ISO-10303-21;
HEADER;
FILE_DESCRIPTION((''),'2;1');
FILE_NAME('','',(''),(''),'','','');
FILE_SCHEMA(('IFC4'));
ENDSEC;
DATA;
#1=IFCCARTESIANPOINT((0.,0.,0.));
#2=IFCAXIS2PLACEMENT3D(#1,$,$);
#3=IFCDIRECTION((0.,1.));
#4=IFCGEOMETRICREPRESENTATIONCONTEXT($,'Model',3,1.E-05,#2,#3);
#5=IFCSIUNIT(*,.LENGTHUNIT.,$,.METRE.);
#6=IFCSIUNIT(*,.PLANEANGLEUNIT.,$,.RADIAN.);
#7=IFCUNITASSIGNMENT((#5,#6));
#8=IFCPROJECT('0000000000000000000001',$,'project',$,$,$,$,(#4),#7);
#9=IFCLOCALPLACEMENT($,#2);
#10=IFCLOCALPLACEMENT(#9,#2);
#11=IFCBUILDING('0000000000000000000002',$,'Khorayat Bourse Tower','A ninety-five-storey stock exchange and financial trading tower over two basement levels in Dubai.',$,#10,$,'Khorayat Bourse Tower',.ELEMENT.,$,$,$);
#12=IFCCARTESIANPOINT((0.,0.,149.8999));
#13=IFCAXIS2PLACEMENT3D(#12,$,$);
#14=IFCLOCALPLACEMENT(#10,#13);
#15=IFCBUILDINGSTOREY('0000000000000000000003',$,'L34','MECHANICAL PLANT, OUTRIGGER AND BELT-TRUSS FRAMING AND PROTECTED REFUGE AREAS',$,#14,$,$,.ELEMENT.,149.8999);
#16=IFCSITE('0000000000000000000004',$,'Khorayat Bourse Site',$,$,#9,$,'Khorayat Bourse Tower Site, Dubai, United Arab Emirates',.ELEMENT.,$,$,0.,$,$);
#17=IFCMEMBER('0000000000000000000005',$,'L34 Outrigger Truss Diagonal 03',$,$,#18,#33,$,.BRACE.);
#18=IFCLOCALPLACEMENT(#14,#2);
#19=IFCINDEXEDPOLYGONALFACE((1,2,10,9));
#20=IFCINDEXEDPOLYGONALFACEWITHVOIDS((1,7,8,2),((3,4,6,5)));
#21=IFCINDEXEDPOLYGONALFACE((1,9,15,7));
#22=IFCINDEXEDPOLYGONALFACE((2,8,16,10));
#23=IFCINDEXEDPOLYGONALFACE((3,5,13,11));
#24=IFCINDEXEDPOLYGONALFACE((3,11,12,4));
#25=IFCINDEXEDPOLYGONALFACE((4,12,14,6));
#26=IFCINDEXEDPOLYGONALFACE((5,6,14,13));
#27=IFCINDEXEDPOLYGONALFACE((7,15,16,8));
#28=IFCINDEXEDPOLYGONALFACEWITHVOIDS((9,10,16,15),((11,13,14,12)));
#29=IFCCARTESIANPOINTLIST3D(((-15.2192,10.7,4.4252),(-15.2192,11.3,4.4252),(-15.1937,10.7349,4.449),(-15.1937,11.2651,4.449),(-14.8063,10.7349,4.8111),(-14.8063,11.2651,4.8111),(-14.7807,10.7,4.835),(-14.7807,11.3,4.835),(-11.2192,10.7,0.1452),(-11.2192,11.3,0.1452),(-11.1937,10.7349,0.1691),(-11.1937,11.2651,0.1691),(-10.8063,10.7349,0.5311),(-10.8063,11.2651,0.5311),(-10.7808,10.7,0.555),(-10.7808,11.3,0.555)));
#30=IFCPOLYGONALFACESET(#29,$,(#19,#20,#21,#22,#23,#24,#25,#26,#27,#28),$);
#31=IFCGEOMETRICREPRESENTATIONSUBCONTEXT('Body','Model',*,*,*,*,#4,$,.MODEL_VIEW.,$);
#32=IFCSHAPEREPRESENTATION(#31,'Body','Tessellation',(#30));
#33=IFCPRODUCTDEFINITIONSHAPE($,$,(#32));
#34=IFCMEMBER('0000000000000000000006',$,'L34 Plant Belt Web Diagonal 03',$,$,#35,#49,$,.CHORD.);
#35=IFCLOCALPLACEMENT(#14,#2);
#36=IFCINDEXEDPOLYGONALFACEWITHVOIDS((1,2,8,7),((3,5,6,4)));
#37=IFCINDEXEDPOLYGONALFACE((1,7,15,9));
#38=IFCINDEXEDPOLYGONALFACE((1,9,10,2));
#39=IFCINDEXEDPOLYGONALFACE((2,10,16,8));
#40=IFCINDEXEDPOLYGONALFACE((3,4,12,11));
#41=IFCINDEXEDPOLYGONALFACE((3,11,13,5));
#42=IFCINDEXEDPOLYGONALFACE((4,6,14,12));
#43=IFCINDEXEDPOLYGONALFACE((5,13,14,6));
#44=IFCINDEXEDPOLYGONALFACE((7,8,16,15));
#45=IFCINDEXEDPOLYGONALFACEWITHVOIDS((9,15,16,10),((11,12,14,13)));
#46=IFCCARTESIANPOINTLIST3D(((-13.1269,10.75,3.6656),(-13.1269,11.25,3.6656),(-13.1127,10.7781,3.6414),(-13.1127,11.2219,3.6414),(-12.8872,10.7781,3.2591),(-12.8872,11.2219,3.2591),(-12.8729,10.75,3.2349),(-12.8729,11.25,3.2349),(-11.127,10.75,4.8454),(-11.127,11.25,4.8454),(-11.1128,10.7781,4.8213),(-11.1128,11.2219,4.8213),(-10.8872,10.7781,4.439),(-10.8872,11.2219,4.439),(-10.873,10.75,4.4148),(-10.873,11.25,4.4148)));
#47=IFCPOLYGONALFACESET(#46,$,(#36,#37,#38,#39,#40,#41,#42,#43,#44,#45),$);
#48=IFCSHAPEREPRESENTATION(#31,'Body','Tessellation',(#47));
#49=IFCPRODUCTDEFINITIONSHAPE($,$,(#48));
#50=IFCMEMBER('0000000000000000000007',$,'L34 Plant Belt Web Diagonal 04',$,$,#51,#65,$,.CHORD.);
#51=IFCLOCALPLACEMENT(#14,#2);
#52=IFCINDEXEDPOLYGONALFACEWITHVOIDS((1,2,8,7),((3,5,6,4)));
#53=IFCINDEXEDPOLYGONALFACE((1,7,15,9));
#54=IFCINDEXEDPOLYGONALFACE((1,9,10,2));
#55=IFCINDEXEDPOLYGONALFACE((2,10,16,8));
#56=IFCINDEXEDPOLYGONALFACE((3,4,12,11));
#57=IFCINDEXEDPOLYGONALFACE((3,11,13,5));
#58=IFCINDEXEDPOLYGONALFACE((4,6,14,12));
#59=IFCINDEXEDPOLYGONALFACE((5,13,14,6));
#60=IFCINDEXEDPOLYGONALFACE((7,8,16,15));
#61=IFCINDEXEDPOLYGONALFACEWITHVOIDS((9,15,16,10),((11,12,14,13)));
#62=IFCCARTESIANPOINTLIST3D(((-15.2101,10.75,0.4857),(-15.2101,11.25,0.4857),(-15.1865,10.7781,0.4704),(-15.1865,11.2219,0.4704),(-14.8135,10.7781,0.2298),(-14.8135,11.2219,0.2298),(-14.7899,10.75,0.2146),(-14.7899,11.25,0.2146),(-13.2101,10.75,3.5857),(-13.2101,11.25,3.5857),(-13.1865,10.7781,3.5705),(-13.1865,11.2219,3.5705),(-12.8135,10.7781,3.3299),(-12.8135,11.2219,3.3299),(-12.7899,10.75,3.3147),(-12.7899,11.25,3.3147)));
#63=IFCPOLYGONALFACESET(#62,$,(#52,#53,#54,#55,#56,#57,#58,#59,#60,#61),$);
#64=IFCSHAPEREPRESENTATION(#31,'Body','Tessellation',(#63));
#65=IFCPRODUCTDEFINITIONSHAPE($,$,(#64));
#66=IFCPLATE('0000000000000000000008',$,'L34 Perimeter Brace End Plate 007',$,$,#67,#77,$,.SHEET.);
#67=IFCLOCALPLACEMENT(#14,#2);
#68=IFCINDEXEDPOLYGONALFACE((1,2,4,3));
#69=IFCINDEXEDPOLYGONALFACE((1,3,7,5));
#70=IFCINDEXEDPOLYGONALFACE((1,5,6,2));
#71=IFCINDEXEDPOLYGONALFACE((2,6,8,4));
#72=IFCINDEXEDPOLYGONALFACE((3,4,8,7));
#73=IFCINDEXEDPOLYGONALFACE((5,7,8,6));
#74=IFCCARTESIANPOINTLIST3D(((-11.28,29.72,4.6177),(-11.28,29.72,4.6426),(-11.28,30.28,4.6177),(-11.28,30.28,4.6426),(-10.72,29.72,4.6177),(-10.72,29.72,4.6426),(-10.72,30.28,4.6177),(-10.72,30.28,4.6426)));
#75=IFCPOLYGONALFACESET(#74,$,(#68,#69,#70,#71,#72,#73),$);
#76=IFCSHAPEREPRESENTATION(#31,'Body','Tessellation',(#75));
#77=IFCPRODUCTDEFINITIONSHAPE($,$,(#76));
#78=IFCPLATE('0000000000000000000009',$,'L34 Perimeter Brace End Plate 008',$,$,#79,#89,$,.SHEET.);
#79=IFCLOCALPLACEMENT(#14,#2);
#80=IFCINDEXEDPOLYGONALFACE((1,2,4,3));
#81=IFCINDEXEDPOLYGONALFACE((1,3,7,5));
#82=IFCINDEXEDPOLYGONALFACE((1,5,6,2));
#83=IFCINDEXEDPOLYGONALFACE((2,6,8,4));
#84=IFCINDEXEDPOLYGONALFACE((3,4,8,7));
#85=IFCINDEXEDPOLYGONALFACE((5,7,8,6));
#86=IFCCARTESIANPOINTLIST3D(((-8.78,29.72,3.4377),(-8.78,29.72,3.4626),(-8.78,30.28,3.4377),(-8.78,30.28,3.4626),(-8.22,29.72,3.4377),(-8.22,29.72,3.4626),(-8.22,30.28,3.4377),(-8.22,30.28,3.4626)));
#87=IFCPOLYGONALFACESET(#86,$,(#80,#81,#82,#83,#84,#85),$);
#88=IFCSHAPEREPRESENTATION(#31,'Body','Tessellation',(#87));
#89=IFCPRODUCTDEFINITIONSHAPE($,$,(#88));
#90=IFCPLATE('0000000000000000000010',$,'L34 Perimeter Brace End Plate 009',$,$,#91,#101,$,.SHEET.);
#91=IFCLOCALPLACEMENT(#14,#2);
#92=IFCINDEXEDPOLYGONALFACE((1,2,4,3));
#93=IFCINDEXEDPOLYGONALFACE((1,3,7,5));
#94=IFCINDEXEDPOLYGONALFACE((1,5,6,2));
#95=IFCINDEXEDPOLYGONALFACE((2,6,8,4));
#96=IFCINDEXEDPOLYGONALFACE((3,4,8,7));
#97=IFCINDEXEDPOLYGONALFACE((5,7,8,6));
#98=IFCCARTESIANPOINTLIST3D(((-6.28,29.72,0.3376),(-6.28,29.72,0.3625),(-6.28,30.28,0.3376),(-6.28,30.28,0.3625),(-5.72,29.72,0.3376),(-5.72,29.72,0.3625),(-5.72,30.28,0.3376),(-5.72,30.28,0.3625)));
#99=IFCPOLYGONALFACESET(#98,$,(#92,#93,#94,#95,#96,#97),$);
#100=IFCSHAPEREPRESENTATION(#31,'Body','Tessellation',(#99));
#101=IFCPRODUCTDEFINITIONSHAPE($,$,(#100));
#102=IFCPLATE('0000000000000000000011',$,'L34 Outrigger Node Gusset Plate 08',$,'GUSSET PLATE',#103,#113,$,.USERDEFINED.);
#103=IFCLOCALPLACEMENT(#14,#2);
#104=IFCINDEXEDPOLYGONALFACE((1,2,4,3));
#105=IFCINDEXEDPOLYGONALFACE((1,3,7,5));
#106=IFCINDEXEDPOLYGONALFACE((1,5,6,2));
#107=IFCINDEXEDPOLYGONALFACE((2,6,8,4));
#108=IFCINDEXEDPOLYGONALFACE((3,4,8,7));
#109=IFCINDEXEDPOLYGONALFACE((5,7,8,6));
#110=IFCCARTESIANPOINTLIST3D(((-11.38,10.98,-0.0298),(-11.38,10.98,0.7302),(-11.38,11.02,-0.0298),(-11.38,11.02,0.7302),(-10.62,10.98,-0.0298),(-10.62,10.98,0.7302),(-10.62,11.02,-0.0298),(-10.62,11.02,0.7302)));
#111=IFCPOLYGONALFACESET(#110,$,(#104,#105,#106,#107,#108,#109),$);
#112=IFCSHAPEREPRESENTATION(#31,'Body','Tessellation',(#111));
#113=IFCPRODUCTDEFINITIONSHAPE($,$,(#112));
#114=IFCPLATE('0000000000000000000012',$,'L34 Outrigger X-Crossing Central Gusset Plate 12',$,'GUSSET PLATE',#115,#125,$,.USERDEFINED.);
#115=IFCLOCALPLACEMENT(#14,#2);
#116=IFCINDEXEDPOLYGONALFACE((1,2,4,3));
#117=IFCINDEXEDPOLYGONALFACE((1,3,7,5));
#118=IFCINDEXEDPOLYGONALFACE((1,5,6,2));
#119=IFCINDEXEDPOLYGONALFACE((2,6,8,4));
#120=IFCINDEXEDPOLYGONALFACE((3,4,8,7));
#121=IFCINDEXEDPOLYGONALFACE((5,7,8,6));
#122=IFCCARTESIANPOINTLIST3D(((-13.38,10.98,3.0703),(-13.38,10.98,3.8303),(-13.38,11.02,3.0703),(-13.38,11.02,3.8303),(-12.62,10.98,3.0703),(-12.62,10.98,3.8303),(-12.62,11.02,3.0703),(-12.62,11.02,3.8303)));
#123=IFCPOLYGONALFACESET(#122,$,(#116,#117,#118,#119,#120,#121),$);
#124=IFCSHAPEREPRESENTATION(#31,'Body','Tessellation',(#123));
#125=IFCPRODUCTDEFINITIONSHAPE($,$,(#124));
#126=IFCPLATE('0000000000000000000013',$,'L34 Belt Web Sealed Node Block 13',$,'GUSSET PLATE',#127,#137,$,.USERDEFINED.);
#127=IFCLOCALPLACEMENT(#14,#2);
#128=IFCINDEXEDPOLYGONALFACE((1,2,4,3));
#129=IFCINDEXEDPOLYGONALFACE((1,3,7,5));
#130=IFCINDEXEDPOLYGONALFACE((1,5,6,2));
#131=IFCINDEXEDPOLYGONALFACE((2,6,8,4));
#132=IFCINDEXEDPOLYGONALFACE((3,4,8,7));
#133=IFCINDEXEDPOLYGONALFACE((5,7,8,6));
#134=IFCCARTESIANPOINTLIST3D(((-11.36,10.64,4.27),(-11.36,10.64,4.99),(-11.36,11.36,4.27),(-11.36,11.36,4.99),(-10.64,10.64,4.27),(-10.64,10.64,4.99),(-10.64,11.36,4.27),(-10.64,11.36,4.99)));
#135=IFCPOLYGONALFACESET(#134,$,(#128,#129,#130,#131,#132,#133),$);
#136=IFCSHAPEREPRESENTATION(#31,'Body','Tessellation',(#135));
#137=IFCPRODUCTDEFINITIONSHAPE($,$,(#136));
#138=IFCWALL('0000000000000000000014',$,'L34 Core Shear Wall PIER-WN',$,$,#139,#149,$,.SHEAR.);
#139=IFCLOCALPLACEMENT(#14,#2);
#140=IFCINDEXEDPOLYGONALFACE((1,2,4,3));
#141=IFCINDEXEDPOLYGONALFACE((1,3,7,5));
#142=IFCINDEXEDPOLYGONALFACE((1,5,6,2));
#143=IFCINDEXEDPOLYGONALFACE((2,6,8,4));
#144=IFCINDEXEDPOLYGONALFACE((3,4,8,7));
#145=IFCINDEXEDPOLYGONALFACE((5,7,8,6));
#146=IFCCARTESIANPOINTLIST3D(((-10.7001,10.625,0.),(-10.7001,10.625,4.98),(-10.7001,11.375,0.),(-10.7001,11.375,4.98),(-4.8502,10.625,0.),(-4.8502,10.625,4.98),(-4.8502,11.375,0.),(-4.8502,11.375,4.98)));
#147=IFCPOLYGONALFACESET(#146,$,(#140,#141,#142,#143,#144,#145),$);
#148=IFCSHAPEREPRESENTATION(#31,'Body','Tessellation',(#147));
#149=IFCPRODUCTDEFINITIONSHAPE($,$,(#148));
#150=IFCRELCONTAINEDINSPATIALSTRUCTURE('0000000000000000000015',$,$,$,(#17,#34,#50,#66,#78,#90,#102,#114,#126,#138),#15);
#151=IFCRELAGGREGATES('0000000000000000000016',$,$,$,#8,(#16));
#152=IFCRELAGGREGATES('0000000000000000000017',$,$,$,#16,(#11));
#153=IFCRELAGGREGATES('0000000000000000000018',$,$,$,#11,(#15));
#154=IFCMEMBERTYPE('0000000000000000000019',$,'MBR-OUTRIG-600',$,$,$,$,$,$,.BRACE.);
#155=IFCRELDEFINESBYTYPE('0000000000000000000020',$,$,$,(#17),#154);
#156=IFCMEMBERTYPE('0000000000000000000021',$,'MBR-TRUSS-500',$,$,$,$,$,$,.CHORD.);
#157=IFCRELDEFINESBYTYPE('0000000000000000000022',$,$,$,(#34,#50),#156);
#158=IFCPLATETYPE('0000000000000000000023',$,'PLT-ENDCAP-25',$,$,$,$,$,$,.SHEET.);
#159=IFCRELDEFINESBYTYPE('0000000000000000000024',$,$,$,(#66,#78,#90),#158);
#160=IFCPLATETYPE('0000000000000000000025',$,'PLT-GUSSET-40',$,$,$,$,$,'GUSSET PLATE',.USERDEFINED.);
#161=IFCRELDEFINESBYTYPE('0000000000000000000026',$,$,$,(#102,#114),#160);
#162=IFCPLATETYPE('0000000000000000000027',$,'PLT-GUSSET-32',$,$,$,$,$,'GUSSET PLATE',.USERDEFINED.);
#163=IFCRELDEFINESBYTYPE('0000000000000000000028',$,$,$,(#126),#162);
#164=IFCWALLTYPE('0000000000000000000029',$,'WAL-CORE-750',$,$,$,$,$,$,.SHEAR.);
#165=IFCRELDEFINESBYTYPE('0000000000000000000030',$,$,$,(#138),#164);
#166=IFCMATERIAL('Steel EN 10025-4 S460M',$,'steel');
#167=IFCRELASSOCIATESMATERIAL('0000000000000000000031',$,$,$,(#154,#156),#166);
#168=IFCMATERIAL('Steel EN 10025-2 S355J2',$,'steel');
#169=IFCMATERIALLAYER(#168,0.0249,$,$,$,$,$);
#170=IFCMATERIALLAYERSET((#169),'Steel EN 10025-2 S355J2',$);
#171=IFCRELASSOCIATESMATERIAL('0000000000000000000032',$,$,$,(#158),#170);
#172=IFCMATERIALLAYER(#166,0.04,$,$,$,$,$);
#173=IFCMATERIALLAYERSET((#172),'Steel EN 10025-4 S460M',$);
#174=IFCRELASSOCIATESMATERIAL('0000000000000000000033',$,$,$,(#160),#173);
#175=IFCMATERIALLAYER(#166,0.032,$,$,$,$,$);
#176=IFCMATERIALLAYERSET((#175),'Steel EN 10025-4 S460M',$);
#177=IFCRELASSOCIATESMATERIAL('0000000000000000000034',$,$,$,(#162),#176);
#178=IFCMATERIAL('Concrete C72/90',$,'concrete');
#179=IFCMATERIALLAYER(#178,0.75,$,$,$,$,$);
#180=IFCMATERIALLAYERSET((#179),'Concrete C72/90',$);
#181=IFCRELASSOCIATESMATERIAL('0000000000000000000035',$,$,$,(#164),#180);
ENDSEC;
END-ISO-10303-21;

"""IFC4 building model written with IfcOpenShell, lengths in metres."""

from ifc_helpers import new_model, si_unit, direction, frame, frame_2d, origin, origin_2d, place, context, subcontext, project, spatial, rectangle, hollow_rectangle, extrude, source, transform, mapped, material, layer, layer_set, material_profile, profile_set, type_object, element, save


model = new_model("IFC4")

# Units and contexts
model_context = context("Model", 3, precision=1e-05, world=origin(), true_north=direction((0.0, 1.0)))
body_context = subcontext(model_context, "Body", "Model", "MODEL_VIEW")
ifc_project = project(units=[si_unit("LENGTHUNIT", "METRE"), si_unit("PLANEANGLEUNIT", "RADIAN")], contexts=[model_context])

# Site, building, storey
site_placement = place(None, origin())
site = spatial("IfcSite", under=ifc_project, at=site_placement, Name="Khorayat Bourse Site", LongName="Khorayat Bourse Tower Site, Dubai, United Arab Emirates", CompositionType="ELEMENT", RefElevation=0.0)
building_placement = place(site_placement, origin())
building = spatial("IfcBuilding", under=site, at=building_placement, Name="Khorayat Bourse Tower", Description="A ninety-five-storey stock exchange and financial trading tower over two basement levels in Dubai.", LongName="Khorayat Bourse Tower", CompositionType="ELEMENT")
storey_placement = place(building_placement, frame((0.0, 0.0, 149.8999)))
storey = spatial("IfcBuildingStorey", under=building, at=storey_placement, Name="L34", Description="MECHANICAL PLANT, OUTRIGGER AND BELT-TRUSS FRAMING AND PROTECTED REFUGE AREAS", CompositionType="ELEMENT", Elevation=149.8999)

# Shared definitions
ifc_material_1 = material(Name="Steel EN 10025-4 S460M", Category="steel")

# Shared definitions
ifc_material_2 = material(Name="Concrete C72/90", Category="concrete")

# Members
ifc_material_profile_1 = material_profile(ifc_material_1, hollow_rectangle(XDim=0.6001, YDim=0.6001, WallThickness=0.0349, at=origin_2d()), Name="BOX 600x600x35")
ifc_profile_set_1 = profile_set([ifc_material_profile_1], Name="Steel EN 10025-4 S460M")
member_type_1 = type_object("IfcMemberType", Name="MBR-OUTRIG-600", PredefinedType="BRACE", material=ifc_profile_set_1)
shared_shape_1 = source(origin(), body_context, "Body", "SweptSolid", [
    extrude(hollow_rectangle(XDim=0.6001, YDim=0.6001, WallThickness=0.0349, at=origin_2d()), origin(), (0.0, 0.0, 1.0), 5.8582),
])
member_1_placement = place(storey_placement, frame((-11.0, 11.0, 0.3501), z_axis=(-0.682802, 0.0, 0.730603), x_axis=(0.0, -1.0, 0.0)))
element("IfcMember", 1, at=member_1_placement, inside=storey, type_object=member_type_1, Name="L34 Outrigger Truss Diagonal 03", PredefinedType="BRACE", context=body_context, shape_type="MappedRepresentation", body=[
    mapped(shared_shape_1, transform((0.0, 0.0, 0.0), scale=1.0)),
])
ifc_material_profile_2 = material_profile(ifc_material_1, hollow_rectangle(XDim=0.5, YDim=0.5, WallThickness=0.0281, at=origin_2d()), Name="HSS 500x500x28")
ifc_profile_set_2 = profile_set([ifc_material_profile_2], Name="Steel EN 10025-4 S460M")
member_type_2 = type_object("IfcMemberType", Name="MBR-TRUSS-500", PredefinedType="CHORD", material=ifc_profile_set_2)
shared_shape_2 = source(origin(), body_context, "Body", "SweptSolid", [
    extrude(hollow_rectangle(XDim=0.5, YDim=0.5, WallThickness=0.0281, at=origin_2d()), origin(), (0.0, 0.0, 1.0), 2.322),
])
member_2_placement = place(storey_placement, frame((-11.0, 11.0, 4.6301), z_axis=(-0.861282, 0.0, -0.508127), x_axis=(0.0, -1.0, 0.0)))
element("IfcMember", 2, at=member_2_placement, inside=storey, type_object=member_type_2, Name="L34 Plant Belt Web Diagonal 03", PredefinedType="CHORD", context=body_context, shape_type="MappedRepresentation", body=[
    mapped(shared_shape_2, transform((0.0, 0.0, 0.0), scale=1.0)),
])
shared_shape_3 = source(origin(), body_context, "Body", "SweptSolid", [
    extrude(hollow_rectangle(XDim=0.5, YDim=0.5, WallThickness=0.0281, at=origin_2d()), origin(), (0.0, 0.0, 1.0), 3.6892),
])
member_3_placement = place(storey_placement, frame((-13.0, 11.0, 3.4502), z_axis=(-0.542115, 0.0, -0.840304), x_axis=(0.0, -1.0, 0.0)))
element("IfcMember", 3, at=member_3_placement, inside=storey, type_object=member_type_2, Name="L34 Plant Belt Web Diagonal 04", PredefinedType="CHORD", context=body_context, shape_type="MappedRepresentation", body=[
    mapped(shared_shape_3, transform((0.0, 0.0, 0.0), scale=1.0)),
])

# Plates
ifc_material_3 = material(Name="Steel EN 10025-2 S355J2", Category="steel")
ifc_layer_1 = layer(ifc_material_3, 0.0249)
ifc_layer_set_1 = layer_set([ifc_layer_1], Name="Steel EN 10025-2 S355J2")
plate_type_1 = type_object("IfcPlateType", Name="PLT-ENDCAP-25", PredefinedType="SHEET", material=ifc_layer_set_1)
shared_shape_4 = source(origin(), body_context, "Body", "SweptSolid", [
    extrude(rectangle(XDim=0.5601, YDim=0.5601, at=origin_2d()), origin(), (0.0, 0.0, 1.0), 0.0249),
])
for number, where, z_axis, x_axis, name in (
    (4, (-11.0, 30.0, 4.6177), (0.0, 0.0, 1.0), (1.0, 0.0, 0.0), "L34 Perimeter Brace End Plate 007"),
    (5, (-8.5, 30.0, 3.4377), (0.0, 0.0, 1.0), (1.0, 0.0, 0.0), "L34 Perimeter Brace End Plate 008"),
    (6, (-6.0, 30.0, 0.3376), (0.0, 0.0, 1.0), (1.0, 0.0, 0.0), "L34 Perimeter Brace End Plate 009"),
):
    element("IfcPlate", number, at=place(storey_placement, frame(where, z_axis=z_axis, x_axis=x_axis)), inside=storey, type_object=plate_type_1, Name=name, PredefinedType="SHEET", context=body_context, shape_type="MappedRepresentation", body=[
        mapped(shared_shape_4, transform((0.0, 0.0, 0.0), scale=1.0)),
    ])
ifc_layer_2 = layer(ifc_material_1, 0.04)
ifc_layer_set_2 = layer_set([ifc_layer_2], Name="Steel EN 10025-4 S460M")
plate_type_2 = type_object("IfcPlateType", Name="PLT-GUSSET-40", ElementType="GUSSET PLATE", PredefinedType="USERDEFINED", material=ifc_layer_set_2)
shared_shape_5 = source(origin(), body_context, "Body", "SweptSolid", [
    extrude(rectangle(XDim=0.76, YDim=0.04, at=origin_2d()), origin(), (0.0, 0.0, 1.0), 0.76),
])
for number, where, z_axis, x_axis, name in (
    (7, (-11.0, 11.0, -0.0298), (0.0, 0.0, 1.0), (1.0, 0.0, 0.0), "L34 Outrigger Node Gusset Plate 08"),
    (8, (-13.0, 11.0, 3.0703), (0.0, 0.0, 1.0), (1.0, 0.0, 0.0), "L34 Outrigger X-Crossing Central Gusset Plate 12"),
):
    element("IfcPlate", number, at=place(storey_placement, frame(where, z_axis=z_axis, x_axis=x_axis)), inside=storey, type_object=plate_type_2, Name=name, ObjectType="GUSSET PLATE", PredefinedType="USERDEFINED", context=body_context, shape_type="MappedRepresentation", body=[
        mapped(shared_shape_5, transform((0.0, 0.0, 0.0), scale=1.0)),
    ])
ifc_layer_3 = layer(ifc_material_1, 0.032)
ifc_layer_set_3 = layer_set([ifc_layer_3], Name="Steel EN 10025-4 S460M")
plate_type_3 = type_object("IfcPlateType", Name="PLT-GUSSET-32", ElementType="GUSSET PLATE", PredefinedType="USERDEFINED", material=ifc_layer_set_3)
shared_shape_6 = source(origin(), body_context, "Body", "SweptSolid", [
    extrude(rectangle(XDim=0.72, YDim=0.72, at=origin_2d()), origin(), (0.0, 0.0, 1.0), 0.72),
])
plate_placement = place(storey_placement, frame((-11.0, 11.0, 4.27), z_axis=(0.0, 0.0, 1.0), x_axis=(1.0, 0.0, 0.0)))
element("IfcPlate", 9, at=plate_placement, inside=storey, type_object=plate_type_3, Name="L34 Belt Web Sealed Node Block 13", ObjectType="GUSSET PLATE", PredefinedType="USERDEFINED", context=body_context, shape_type="MappedRepresentation", body=[
    mapped(shared_shape_6, transform((0.0, 0.0, 0.0), scale=1.0)),
])

# Wall
ifc_layer_4 = layer(ifc_material_2, 0.75)
ifc_layer_set_4 = layer_set([ifc_layer_4], Name="Concrete C72/90")
wall_type_1 = type_object("IfcWallType", Name="WAL-CORE-750", PredefinedType="SHEAR", material=ifc_layer_set_4)
shared_shape_7 = source(origin(), body_context, "Body", "SweptSolid", [
    extrude(rectangle(XDim=5.8499, YDim=0.75, at=frame_2d((2.9248, 0.0))), origin(), (0.0, 0.0, 1.0), 4.98),
])
wall_1_placement = place(storey_placement, frame((-10.7, 11.0, 0.0), z_axis=(0.0, 0.0, 1.0), x_axis=(1.0, 0.0, 0.0)))
element("IfcWall", 10, at=wall_1_placement, inside=storey, type_object=wall_type_1, Name="L34 Core Shear Wall PIER-WN", PredefinedType="SHEAR", context=body_context, shape_type="MappedRepresentation", body=[
    mapped(shared_shape_7, transform((0.0, 0.0, 0.0), scale=1.0)),
])

save(model, "model.ifc")
